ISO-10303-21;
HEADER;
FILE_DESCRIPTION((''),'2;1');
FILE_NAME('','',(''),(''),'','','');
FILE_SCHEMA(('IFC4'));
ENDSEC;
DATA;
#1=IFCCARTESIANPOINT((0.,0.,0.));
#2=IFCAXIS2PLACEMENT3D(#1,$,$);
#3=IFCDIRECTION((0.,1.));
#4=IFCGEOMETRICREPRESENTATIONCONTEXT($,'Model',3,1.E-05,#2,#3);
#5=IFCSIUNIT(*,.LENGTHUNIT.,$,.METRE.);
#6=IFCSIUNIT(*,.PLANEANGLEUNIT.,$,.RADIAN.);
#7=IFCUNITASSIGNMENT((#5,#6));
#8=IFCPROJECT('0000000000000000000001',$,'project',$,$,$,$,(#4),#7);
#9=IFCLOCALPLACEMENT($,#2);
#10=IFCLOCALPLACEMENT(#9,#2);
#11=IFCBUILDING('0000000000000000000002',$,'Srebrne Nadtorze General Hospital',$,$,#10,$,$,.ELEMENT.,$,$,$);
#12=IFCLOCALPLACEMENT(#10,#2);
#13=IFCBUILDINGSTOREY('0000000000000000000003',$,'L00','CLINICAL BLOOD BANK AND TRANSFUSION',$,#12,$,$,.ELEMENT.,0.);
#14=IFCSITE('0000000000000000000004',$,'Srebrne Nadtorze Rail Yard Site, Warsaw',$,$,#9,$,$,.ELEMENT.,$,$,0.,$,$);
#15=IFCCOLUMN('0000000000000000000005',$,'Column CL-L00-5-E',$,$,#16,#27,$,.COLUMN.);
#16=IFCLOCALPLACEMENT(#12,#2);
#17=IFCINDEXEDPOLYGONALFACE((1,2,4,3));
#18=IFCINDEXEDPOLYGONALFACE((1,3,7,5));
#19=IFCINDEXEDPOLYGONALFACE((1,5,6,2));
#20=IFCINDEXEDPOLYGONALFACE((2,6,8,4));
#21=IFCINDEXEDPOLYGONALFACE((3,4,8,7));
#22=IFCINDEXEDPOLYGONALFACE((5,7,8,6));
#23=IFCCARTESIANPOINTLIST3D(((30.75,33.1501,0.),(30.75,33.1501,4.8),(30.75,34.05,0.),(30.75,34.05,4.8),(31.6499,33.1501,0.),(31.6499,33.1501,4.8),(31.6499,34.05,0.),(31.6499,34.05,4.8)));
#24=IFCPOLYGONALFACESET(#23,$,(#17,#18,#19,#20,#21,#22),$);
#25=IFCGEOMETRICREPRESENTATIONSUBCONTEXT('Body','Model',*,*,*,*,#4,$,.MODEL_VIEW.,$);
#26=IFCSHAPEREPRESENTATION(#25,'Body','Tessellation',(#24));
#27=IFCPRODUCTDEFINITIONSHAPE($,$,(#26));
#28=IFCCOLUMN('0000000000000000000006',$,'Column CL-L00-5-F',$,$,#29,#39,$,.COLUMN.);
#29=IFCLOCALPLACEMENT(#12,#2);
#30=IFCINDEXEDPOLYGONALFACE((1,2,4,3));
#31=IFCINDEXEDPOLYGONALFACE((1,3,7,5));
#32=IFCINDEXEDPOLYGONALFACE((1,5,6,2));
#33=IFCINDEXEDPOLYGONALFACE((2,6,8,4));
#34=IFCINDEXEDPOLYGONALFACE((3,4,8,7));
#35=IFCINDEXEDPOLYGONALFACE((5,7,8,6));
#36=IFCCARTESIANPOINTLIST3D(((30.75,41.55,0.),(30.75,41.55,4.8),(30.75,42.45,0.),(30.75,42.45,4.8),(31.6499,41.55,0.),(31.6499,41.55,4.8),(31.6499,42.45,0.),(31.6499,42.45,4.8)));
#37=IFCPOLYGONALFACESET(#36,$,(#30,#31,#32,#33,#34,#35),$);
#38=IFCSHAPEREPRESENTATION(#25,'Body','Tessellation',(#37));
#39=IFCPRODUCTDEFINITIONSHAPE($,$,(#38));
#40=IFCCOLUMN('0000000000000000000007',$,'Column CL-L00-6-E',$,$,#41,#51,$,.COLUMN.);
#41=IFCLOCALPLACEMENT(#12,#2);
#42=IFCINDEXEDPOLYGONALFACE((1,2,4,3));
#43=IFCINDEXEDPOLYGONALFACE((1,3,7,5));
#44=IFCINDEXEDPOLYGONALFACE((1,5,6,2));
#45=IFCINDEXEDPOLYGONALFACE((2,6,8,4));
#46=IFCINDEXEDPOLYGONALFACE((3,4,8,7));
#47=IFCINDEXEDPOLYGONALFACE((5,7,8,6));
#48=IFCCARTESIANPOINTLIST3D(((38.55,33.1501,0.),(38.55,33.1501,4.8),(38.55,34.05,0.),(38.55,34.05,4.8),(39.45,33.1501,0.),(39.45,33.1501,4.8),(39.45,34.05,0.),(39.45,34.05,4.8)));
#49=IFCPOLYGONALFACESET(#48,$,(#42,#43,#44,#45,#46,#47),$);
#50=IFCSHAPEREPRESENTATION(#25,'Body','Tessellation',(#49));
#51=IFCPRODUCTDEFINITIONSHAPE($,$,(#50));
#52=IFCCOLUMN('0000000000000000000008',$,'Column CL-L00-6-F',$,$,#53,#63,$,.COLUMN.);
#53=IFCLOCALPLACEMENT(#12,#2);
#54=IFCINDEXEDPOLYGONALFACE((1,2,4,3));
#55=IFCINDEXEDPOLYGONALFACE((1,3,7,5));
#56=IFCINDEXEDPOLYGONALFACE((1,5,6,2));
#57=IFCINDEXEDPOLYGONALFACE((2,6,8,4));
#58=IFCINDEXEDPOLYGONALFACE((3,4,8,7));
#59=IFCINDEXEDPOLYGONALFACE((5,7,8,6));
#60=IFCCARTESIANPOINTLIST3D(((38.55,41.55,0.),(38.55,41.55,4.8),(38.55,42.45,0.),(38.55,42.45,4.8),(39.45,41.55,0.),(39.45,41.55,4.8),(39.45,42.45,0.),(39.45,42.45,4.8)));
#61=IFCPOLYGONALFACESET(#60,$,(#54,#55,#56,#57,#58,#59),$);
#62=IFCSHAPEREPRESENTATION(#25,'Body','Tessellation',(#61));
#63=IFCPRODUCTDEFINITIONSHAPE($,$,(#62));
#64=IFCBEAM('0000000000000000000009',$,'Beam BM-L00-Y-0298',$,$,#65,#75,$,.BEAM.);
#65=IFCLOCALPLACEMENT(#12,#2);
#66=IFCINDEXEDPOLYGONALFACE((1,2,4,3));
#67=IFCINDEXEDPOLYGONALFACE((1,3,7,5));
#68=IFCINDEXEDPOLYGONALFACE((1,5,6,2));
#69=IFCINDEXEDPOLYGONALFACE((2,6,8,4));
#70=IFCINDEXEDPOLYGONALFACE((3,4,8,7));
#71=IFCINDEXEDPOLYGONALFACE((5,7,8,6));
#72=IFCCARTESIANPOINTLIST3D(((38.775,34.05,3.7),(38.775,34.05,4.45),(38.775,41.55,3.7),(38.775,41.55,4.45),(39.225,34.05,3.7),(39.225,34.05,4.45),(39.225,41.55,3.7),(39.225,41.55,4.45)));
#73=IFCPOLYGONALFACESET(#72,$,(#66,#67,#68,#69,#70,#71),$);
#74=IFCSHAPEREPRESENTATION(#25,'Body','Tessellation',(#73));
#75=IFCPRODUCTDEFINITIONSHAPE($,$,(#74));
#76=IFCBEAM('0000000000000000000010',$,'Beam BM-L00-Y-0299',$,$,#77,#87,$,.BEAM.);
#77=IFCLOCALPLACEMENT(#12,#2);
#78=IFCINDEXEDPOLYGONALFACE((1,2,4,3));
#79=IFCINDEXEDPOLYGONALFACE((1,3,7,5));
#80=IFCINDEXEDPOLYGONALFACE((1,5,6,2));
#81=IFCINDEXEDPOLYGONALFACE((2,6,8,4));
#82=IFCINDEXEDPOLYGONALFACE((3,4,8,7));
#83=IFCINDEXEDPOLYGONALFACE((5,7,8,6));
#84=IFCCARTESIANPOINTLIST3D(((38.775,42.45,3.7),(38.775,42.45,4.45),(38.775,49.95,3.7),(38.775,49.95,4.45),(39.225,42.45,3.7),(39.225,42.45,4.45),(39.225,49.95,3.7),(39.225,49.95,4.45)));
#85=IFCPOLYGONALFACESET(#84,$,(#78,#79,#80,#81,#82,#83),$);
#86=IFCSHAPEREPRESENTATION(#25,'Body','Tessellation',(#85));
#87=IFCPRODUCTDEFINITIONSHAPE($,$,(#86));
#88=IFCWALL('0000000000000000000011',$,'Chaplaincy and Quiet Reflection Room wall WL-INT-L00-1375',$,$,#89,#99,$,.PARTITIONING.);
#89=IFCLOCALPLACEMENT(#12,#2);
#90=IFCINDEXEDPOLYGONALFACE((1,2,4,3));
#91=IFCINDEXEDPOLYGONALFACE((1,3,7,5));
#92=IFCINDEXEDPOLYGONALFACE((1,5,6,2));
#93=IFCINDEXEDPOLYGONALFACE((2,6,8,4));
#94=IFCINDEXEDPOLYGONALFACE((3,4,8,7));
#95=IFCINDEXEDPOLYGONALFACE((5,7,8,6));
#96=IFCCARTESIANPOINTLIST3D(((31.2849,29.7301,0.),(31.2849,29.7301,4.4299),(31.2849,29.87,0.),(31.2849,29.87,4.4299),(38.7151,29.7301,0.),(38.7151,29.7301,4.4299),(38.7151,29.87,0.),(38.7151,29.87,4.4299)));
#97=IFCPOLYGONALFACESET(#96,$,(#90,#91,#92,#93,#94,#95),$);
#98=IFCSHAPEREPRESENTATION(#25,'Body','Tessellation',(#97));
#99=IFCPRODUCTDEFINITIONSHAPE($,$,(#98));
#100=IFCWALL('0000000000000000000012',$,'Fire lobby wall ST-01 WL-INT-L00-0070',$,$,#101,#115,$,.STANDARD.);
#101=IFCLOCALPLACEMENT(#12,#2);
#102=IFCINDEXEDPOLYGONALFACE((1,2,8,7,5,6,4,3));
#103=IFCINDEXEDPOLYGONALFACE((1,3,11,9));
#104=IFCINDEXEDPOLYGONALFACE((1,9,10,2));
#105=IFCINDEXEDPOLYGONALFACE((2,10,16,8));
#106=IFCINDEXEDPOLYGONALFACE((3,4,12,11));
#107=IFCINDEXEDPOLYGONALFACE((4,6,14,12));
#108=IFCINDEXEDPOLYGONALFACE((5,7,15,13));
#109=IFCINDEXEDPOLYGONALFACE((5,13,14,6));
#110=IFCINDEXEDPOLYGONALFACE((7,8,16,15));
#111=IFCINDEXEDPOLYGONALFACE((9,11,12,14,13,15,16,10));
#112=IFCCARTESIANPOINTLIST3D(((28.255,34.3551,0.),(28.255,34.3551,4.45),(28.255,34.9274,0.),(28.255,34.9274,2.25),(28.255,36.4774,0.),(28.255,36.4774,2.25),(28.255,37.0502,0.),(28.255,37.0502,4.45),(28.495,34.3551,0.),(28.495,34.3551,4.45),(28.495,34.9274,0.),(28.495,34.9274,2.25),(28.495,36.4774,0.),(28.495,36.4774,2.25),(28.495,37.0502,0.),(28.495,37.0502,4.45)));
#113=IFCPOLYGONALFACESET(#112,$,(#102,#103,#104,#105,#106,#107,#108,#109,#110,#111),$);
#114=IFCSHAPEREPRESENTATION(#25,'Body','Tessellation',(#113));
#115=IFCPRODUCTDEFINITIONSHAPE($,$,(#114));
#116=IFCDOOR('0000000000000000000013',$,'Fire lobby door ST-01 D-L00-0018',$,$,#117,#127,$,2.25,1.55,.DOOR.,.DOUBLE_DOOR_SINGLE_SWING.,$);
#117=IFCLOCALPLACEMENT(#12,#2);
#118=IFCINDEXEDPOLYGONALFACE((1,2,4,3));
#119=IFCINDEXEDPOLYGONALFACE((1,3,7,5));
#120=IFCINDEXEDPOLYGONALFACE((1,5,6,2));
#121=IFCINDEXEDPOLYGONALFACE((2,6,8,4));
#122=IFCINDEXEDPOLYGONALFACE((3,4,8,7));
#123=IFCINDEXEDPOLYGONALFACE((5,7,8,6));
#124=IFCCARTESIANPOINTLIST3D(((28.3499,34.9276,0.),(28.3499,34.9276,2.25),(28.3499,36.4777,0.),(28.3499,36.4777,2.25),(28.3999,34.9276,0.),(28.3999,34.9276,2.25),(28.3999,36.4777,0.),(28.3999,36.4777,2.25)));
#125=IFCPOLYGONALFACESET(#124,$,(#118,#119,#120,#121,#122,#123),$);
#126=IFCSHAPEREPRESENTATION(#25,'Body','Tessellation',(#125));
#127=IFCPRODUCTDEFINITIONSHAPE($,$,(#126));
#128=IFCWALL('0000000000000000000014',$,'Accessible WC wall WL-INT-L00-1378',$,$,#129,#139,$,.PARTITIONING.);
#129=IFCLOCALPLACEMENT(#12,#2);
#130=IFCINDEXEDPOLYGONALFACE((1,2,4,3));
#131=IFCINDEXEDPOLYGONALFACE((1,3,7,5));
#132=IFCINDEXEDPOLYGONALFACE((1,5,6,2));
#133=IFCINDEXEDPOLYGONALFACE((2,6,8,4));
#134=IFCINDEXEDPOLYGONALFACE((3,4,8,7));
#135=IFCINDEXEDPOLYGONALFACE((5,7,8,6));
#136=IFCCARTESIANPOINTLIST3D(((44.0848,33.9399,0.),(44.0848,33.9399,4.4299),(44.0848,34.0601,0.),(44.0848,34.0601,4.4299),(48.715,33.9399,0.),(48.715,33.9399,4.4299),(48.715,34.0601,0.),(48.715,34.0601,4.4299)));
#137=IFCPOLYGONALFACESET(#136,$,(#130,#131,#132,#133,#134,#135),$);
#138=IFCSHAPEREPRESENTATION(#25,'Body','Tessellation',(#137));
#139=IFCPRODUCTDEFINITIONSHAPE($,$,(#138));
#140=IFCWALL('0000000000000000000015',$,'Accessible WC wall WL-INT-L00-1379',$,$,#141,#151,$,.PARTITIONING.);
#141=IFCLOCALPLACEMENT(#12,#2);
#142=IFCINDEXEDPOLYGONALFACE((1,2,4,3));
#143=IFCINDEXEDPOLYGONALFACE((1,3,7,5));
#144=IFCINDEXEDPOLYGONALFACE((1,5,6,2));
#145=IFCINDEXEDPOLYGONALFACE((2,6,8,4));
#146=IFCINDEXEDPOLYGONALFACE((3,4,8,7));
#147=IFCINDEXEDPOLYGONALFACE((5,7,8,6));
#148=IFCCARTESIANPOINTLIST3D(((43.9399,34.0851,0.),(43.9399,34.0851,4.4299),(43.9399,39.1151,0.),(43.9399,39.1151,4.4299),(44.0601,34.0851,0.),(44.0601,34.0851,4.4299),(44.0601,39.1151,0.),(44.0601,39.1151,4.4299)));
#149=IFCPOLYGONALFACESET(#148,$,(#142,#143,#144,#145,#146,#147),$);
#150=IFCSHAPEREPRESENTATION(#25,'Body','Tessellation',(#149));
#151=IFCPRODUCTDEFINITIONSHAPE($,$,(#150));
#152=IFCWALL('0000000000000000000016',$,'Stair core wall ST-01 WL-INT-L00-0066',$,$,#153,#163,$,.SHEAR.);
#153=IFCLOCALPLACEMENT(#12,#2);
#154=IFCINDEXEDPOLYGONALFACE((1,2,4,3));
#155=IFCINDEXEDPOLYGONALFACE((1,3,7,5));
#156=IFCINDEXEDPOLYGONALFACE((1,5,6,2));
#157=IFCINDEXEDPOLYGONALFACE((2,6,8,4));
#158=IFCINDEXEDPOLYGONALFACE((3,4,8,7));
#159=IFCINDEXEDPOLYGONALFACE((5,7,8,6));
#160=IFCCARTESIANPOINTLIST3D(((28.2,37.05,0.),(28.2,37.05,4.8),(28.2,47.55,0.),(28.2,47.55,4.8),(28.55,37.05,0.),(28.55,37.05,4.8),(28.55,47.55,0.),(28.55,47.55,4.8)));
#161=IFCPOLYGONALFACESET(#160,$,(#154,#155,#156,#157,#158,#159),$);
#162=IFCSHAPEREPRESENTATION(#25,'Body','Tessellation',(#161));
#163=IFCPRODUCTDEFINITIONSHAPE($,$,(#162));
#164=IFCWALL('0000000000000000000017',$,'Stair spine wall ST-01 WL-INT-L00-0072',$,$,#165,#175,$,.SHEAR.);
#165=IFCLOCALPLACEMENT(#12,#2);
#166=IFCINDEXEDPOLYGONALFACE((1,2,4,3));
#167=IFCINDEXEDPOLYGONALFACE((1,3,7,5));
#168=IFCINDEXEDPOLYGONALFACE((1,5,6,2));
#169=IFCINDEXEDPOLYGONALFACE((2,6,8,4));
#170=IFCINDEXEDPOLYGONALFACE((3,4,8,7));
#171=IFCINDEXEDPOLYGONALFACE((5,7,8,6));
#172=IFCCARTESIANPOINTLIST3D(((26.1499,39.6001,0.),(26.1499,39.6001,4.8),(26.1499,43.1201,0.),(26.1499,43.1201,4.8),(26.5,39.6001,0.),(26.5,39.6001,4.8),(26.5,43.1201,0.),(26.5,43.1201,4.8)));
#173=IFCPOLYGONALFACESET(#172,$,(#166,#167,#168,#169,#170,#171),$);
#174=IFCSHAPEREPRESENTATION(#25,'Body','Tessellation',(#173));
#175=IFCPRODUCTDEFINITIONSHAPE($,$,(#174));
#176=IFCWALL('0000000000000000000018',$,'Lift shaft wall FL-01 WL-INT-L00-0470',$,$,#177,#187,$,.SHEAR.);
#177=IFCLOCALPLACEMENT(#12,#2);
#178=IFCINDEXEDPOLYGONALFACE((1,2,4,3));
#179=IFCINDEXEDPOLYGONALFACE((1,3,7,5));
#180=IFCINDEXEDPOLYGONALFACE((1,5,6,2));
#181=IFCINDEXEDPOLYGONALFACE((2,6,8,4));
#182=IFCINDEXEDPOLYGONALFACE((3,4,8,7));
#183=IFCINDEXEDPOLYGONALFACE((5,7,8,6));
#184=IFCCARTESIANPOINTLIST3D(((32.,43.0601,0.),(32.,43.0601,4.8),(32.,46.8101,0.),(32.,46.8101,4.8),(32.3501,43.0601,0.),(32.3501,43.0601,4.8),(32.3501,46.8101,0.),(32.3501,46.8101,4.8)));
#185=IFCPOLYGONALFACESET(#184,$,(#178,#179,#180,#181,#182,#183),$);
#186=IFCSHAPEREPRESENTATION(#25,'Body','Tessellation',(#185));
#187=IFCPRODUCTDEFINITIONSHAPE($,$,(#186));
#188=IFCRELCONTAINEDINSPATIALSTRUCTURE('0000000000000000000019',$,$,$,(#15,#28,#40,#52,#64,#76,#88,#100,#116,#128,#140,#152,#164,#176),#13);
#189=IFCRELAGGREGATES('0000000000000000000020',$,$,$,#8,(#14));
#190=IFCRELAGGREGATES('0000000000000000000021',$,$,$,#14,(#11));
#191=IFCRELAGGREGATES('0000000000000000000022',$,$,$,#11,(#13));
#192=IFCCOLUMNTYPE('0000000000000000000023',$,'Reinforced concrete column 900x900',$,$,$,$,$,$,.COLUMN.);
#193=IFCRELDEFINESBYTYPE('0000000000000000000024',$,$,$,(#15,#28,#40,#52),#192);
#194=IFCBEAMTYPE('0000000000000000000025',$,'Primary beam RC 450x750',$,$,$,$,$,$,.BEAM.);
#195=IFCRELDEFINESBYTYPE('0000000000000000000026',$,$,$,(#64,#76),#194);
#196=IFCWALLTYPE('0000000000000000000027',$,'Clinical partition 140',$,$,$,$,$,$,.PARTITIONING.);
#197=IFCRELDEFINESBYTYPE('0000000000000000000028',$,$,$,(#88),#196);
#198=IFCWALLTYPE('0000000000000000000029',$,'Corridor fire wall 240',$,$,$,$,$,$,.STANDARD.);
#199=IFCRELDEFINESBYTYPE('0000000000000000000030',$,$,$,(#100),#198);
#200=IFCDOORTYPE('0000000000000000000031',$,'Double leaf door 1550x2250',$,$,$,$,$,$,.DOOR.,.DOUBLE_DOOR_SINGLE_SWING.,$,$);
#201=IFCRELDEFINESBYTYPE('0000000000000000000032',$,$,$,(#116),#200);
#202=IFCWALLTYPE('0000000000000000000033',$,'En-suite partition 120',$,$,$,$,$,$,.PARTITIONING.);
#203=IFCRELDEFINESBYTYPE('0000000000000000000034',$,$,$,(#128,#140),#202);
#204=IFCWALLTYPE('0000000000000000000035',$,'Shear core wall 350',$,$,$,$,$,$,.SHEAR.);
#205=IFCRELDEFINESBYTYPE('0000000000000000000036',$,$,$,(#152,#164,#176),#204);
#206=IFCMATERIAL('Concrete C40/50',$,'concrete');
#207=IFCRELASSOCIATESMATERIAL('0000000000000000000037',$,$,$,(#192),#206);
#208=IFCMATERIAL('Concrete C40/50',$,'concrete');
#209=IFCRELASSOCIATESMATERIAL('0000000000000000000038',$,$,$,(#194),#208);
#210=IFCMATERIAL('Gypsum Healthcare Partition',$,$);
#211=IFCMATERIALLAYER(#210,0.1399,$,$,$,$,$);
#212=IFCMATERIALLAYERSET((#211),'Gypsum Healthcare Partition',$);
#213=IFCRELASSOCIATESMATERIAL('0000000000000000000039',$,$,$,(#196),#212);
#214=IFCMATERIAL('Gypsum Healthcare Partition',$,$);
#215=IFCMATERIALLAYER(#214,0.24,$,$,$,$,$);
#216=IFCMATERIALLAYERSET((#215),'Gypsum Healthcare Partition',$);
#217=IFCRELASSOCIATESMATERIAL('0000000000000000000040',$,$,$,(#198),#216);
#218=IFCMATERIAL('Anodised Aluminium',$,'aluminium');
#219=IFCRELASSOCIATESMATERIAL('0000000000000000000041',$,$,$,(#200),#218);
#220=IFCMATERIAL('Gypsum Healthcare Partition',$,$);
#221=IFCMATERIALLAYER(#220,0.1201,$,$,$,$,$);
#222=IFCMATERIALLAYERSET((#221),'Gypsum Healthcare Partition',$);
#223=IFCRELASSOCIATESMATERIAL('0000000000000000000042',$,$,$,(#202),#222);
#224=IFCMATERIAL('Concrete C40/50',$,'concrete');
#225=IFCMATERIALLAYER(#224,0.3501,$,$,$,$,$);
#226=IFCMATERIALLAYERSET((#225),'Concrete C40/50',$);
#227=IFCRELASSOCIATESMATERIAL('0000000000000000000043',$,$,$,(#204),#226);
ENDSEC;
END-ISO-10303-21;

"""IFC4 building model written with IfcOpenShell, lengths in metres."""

from ifc_helpers import new_model, si_unit, direction, frame, frame_2d, origin, origin_2d, place, context, subcontext, project, spatial, rectangle, extrude, material, layer, layer_set, material_profile, profile_set, type_object, element, fill, save


model = new_model("IFC4")

# Units and contexts
model_context = context("Model", 3, precision=1e-05, world=origin(), true_north=direction((0.0, 1.0)))
body_context = subcontext(model_context, "Body", "Model", "MODEL_VIEW")
ifc_project = project(units=[si_unit("LENGTHUNIT", "METRE"), si_unit("PLANEANGLEUNIT", "RADIAN")], contexts=[model_context])

# Site, building, storey
site_placement = place(None, origin())
site = spatial("IfcSite", under=ifc_project, at=site_placement, Name="Srebrne Nadtorze Rail Yard Site, Warsaw", CompositionType="ELEMENT", RefElevation=0.0)
building_placement = place(site_placement, origin())
building = spatial("IfcBuilding", under=site, at=building_placement, Name="Srebrne Nadtorze General Hospital", CompositionType="ELEMENT")
storey_placement = place(building_placement, origin())
storey = spatial("IfcBuildingStorey", under=building, at=storey_placement, Name="L00", Description="CLINICAL BLOOD BANK AND TRANSFUSION", CompositionType="ELEMENT", Elevation=0.0)

# Columns
ifc_material_1 = material(Name="Concrete C40/50", Category="concrete")
ifc_material_profile_1 = material_profile(ifc_material_1, rectangle(XDim=0.8999, YDim=0.8999, at=origin_2d()), Name="RC-COL-900x900")
ifc_profile_set_1 = profile_set([ifc_material_profile_1], Name="Concrete C40/50")
column_type = type_object("IfcColumnType", Name="Reinforced concrete column 900x900", PredefinedType="COLUMN", material=ifc_profile_set_1)
for number, where, z_axis, x_axis, name in (
    (1, (31.2, 33.6001, 0.0), (0.0, 0.0, 1.0), (1.0, 0.0, 0.0), "Column CL-L00-5-E"),
    (2, (31.2, 42.0, 0.0), (0.0, 0.0, 1.0), (1.0, 0.0, 0.0), "Column CL-L00-5-F"),
    (3, (39.0, 33.6001, 0.0), (0.0, 0.0, 1.0), (1.0, 0.0, 0.0), "Column CL-L00-6-E"),
    (4, (39.0, 42.0, 0.0), (0.0, 0.0, 1.0), (1.0, 0.0, 0.0), "Column CL-L00-6-F"),
):
    element("IfcColumn", number, at=place(storey_placement, frame(where, z_axis=z_axis, x_axis=x_axis)), inside=storey, type_object=column_type, Name=name, PredefinedType="COLUMN", context=body_context, shape_type="SweptSolid", body=[
        extrude(rectangle(XDim=0.8999, YDim=0.8999, at=origin_2d()), origin(), (0.0, 0.0, 1.0), 4.8),
    ])

# Beams
ifc_material_2 = material(Name="Concrete C40/50", Category="concrete")
ifc_material_profile_2 = material_profile(ifc_material_2, rectangle(XDim=0.45, YDim=0.75, at=origin_2d()), Name="RC-BM-450x750")
ifc_profile_set_2 = profile_set([ifc_material_profile_2], Name="Concrete C40/50")
beam_type = type_object("IfcBeamType", Name="Primary beam RC 450x750", PredefinedType="BEAM", material=ifc_profile_set_2)
for number, where, z_axis, x_axis, name in (
    (5, (39.0, 34.05, 4.075), (0.0, 1.0, 0.0), (-1.0, 0.0, 0.0), "Beam BM-L00-Y-0298"),
    (6, (39.0, 42.45, 4.075), (0.0, 1.0, 0.0), (-1.0, 0.0, 0.0), "Beam BM-L00-Y-0299"),
):
    element("IfcBeam", number, at=place(storey_placement, frame(where, z_axis=z_axis, x_axis=x_axis)), inside=storey, type_object=beam_type, Name=name, PredefinedType="BEAM", context=body_context, shape_type="SweptSolid", body=[
        extrude(rectangle(XDim=0.45, YDim=0.75, at=origin_2d()), origin(), (0.0, 0.0, 1.0), 7.5),
    ])

# Wall
ifc_material_3 = material(Name="Gypsum Healthcare Partition")
ifc_layer_1 = layer(ifc_material_3, 0.1399)
ifc_layer_set_1 = layer_set([ifc_layer_1], Name="Gypsum Healthcare Partition")
wall_type_1 = type_object("IfcWallType", Name="Clinical partition 140", PredefinedType="PARTITIONING", material=ifc_layer_set_1)
wall_1_placement = place(storey_placement, frame((31.2849, 29.8, 0.0), z_axis=(0.0, 0.0, 1.0), x_axis=(1.0, 0.0, 0.0)))
element("IfcWall", 7, at=wall_1_placement, inside=storey, type_object=wall_type_1, Name="Chaplaincy and Quiet Reflection Room wall WL-INT-L00-1375", PredefinedType="PARTITIONING", context=body_context, shape_type="SweptSolid", body=[
    extrude(rectangle(XDim=7.4302, YDim=0.1399, at=frame_2d((3.7151, 0.0))), origin(), (0.0, 0.0, 1.0), 4.4299),
])

# Wall, opening, door
ifc_material_4 = material(Name="Gypsum Healthcare Partition")
ifc_layer_2 = layer(ifc_material_4, 0.24)
ifc_layer_set_2 = layer_set([ifc_layer_2], Name="Gypsum Healthcare Partition")
wall_type_2 = type_object("IfcWallType", Name="Corridor fire wall 240", PredefinedType="STANDARD", material=ifc_layer_set_2)
wall_2_placement = place(storey_placement, frame((28.375, 34.355, 0.0), z_axis=(0.0, 0.0, 1.0), x_axis=(0.0, 1.0, 0.0)))
wall_2 = element("IfcWall", 8, at=wall_2_placement, inside=storey, type_object=wall_type_2, Name="Fire lobby wall ST-01 WL-INT-L00-0070", PredefinedType="STANDARD", context=body_context, shape_type="SweptSolid", body=[
    extrude(rectangle(XDim=2.6951, YDim=0.24, at=frame_2d((1.3477, 0.0))), origin(), (0.0, 0.0, 1.0), 4.45),
])
opening_placement = place(wall_2_placement, frame((0.5725, 0.0, 0.0)))
opening = element("IfcOpeningElement", 9, at=opening_placement, cuts=wall_2, PredefinedType="OPENING", context=body_context, shape_type="SweptSolid", body=[
    extrude(rectangle(XDim=1.55, YDim=2.25, at=frame_2d((0.7749, 1.125))), frame((0.0, 0.1318, 0.0), z_axis=(0.0, -1.0, 0.0), x_axis=(1.0, 0.0, 0.0)), (0.0, 0.0, 1.0), 0.2639),
])
ifc_material_5 = material(Name="Anodised Aluminium", Category="aluminium")
door_type = type_object("IfcDoorType", Name="Double leaf door 1550x2250", OperationType="DOUBLE_DOOR_SINGLE_SWING", PredefinedType="DOOR", material=ifc_material_5)
door_placement = place(opening_placement, frame((1.55, 0.0, 0.0), z_axis=(0.0, 0.0, 1.0), x_axis=(-1.0, 0.0, 0.0)))
door = element("IfcDoor", 10, at=door_placement, inside=storey, type_object=door_type, Name="Fire lobby door ST-01 D-L00-0018", OperationType="DOUBLE_DOOR_SINGLE_SWING", OverallHeight=2.25, OverallWidth=1.55, PredefinedType="DOOR", context=body_context, shape_type="SweptSolid", body=[
    extrude(rectangle(XDim=1.55, YDim=2.25, at=frame_2d((0.7749, 1.125))), frame((0.0, 0.0249, 0.0), z_axis=(0.0, -1.0, 0.0), x_axis=(1.0, 0.0, 0.0)), (0.0, 0.0, 1.0), 0.05),
])
fill(opening, door)

# Walls
ifc_material_6 = material(Name="Gypsum Healthcare Partition")
ifc_layer_3 = layer(ifc_material_6, 0.1201)
ifc_layer_set_3 = layer_set([ifc_layer_3], Name="Gypsum Healthcare Partition")
wall_type_3 = type_object("IfcWallType", Name="En-suite partition 120", PredefinedType="PARTITIONING", material=ifc_layer_set_3)
wall_3_placement = place(storey_placement, frame((44.085, 34.0, 0.0), z_axis=(0.0, 0.0, 1.0), x_axis=(1.0, 0.0, 0.0)))
element("IfcWall", 11, at=wall_3_placement, inside=storey, type_object=wall_type_3, Name="Accessible WC wall WL-INT-L00-1378", PredefinedType="PARTITIONING", context=body_context, shape_type="SweptSolid", body=[
    extrude(rectangle(XDim=4.6301, YDim=0.1201, at=frame_2d((2.3149, 0.0))), origin(), (0.0, 0.0, 1.0), 4.4299),
])
wall_4_placement = place(storey_placement, frame((44.0, 34.085, 0.0), z_axis=(0.0, 0.0, 1.0), x_axis=(0.0, 1.0, 0.0)))
element("IfcWall", 12, at=wall_4_placement, inside=storey, type_object=wall_type_3, Name="Accessible WC wall WL-INT-L00-1379", PredefinedType="PARTITIONING", context=body_context, shape_type="SweptSolid", body=[
    extrude(rectangle(XDim=5.03, YDim=0.1201, at=frame_2d((2.5151, 0.0))), origin(), (0.0, 0.0, 1.0), 4.4299),
])
ifc_material_7 = material(Name="Concrete C40/50", Category="concrete")
ifc_layer_4 = layer(ifc_material_7, 0.3501)
ifc_layer_set_4 = layer_set([ifc_layer_4], Name="Concrete C40/50")
wall_type_4 = type_object("IfcWallType", Name="Shear core wall 350", PredefinedType="SHEAR", material=ifc_layer_set_4)
wall_5_placement = place(storey_placement, frame((28.375, 37.05, 0.0), z_axis=(0.0, 0.0, 1.0), x_axis=(0.0, 1.0, 0.0)))
element("IfcWall", 13, at=wall_5_placement, inside=storey, type_object=wall_type_4, Name="Stair core wall ST-01 WL-INT-L00-0066", PredefinedType="SHEAR", context=body_context, shape_type="SweptSolid", body=[
    extrude(rectangle(XDim=10.5, YDim=0.3501, at=frame_2d((5.25, 0.0))), origin(), (0.0, 0.0, 1.0), 4.8),
])
wall_6_placement = place(storey_placement, frame((26.325, 39.6001, 0.0), z_axis=(0.0, 0.0, 1.0), x_axis=(0.0, 1.0, 0.0)))
element("IfcWall", 14, at=wall_6_placement, inside=storey, type_object=wall_type_4, Name="Stair spine wall ST-01 WL-INT-L00-0072", PredefinedType="SHEAR", context=body_context, shape_type="SweptSolid", body=[
    extrude(rectangle(XDim=3.52, YDim=0.3501, at=frame_2d((1.76, 0.0))), origin(), (0.0, 0.0, 1.0), 4.8),
])
for number, where, z_axis, x_axis, name in (
    (15, (32.175, 43.0601, 0.0), (0.0, 0.0, 1.0), (0.0, 1.0, 0.0), "Lift shaft wall FL-01 WL-INT-L00-0470"),
):
    element("IfcWall", number, at=place(storey_placement, frame(where, z_axis=z_axis, x_axis=x_axis)), inside=storey, type_object=wall_type_4, Name=name, PredefinedType="SHEAR", context=body_context, shape_type="SweptSolid", body=[
        extrude(rectangle(XDim=3.75, YDim=0.3501, at=frame_2d((1.875, 0.0))), origin(), (0.0, 0.0, 1.0), 4.8),
    ])

save(model, "model.ifc")
